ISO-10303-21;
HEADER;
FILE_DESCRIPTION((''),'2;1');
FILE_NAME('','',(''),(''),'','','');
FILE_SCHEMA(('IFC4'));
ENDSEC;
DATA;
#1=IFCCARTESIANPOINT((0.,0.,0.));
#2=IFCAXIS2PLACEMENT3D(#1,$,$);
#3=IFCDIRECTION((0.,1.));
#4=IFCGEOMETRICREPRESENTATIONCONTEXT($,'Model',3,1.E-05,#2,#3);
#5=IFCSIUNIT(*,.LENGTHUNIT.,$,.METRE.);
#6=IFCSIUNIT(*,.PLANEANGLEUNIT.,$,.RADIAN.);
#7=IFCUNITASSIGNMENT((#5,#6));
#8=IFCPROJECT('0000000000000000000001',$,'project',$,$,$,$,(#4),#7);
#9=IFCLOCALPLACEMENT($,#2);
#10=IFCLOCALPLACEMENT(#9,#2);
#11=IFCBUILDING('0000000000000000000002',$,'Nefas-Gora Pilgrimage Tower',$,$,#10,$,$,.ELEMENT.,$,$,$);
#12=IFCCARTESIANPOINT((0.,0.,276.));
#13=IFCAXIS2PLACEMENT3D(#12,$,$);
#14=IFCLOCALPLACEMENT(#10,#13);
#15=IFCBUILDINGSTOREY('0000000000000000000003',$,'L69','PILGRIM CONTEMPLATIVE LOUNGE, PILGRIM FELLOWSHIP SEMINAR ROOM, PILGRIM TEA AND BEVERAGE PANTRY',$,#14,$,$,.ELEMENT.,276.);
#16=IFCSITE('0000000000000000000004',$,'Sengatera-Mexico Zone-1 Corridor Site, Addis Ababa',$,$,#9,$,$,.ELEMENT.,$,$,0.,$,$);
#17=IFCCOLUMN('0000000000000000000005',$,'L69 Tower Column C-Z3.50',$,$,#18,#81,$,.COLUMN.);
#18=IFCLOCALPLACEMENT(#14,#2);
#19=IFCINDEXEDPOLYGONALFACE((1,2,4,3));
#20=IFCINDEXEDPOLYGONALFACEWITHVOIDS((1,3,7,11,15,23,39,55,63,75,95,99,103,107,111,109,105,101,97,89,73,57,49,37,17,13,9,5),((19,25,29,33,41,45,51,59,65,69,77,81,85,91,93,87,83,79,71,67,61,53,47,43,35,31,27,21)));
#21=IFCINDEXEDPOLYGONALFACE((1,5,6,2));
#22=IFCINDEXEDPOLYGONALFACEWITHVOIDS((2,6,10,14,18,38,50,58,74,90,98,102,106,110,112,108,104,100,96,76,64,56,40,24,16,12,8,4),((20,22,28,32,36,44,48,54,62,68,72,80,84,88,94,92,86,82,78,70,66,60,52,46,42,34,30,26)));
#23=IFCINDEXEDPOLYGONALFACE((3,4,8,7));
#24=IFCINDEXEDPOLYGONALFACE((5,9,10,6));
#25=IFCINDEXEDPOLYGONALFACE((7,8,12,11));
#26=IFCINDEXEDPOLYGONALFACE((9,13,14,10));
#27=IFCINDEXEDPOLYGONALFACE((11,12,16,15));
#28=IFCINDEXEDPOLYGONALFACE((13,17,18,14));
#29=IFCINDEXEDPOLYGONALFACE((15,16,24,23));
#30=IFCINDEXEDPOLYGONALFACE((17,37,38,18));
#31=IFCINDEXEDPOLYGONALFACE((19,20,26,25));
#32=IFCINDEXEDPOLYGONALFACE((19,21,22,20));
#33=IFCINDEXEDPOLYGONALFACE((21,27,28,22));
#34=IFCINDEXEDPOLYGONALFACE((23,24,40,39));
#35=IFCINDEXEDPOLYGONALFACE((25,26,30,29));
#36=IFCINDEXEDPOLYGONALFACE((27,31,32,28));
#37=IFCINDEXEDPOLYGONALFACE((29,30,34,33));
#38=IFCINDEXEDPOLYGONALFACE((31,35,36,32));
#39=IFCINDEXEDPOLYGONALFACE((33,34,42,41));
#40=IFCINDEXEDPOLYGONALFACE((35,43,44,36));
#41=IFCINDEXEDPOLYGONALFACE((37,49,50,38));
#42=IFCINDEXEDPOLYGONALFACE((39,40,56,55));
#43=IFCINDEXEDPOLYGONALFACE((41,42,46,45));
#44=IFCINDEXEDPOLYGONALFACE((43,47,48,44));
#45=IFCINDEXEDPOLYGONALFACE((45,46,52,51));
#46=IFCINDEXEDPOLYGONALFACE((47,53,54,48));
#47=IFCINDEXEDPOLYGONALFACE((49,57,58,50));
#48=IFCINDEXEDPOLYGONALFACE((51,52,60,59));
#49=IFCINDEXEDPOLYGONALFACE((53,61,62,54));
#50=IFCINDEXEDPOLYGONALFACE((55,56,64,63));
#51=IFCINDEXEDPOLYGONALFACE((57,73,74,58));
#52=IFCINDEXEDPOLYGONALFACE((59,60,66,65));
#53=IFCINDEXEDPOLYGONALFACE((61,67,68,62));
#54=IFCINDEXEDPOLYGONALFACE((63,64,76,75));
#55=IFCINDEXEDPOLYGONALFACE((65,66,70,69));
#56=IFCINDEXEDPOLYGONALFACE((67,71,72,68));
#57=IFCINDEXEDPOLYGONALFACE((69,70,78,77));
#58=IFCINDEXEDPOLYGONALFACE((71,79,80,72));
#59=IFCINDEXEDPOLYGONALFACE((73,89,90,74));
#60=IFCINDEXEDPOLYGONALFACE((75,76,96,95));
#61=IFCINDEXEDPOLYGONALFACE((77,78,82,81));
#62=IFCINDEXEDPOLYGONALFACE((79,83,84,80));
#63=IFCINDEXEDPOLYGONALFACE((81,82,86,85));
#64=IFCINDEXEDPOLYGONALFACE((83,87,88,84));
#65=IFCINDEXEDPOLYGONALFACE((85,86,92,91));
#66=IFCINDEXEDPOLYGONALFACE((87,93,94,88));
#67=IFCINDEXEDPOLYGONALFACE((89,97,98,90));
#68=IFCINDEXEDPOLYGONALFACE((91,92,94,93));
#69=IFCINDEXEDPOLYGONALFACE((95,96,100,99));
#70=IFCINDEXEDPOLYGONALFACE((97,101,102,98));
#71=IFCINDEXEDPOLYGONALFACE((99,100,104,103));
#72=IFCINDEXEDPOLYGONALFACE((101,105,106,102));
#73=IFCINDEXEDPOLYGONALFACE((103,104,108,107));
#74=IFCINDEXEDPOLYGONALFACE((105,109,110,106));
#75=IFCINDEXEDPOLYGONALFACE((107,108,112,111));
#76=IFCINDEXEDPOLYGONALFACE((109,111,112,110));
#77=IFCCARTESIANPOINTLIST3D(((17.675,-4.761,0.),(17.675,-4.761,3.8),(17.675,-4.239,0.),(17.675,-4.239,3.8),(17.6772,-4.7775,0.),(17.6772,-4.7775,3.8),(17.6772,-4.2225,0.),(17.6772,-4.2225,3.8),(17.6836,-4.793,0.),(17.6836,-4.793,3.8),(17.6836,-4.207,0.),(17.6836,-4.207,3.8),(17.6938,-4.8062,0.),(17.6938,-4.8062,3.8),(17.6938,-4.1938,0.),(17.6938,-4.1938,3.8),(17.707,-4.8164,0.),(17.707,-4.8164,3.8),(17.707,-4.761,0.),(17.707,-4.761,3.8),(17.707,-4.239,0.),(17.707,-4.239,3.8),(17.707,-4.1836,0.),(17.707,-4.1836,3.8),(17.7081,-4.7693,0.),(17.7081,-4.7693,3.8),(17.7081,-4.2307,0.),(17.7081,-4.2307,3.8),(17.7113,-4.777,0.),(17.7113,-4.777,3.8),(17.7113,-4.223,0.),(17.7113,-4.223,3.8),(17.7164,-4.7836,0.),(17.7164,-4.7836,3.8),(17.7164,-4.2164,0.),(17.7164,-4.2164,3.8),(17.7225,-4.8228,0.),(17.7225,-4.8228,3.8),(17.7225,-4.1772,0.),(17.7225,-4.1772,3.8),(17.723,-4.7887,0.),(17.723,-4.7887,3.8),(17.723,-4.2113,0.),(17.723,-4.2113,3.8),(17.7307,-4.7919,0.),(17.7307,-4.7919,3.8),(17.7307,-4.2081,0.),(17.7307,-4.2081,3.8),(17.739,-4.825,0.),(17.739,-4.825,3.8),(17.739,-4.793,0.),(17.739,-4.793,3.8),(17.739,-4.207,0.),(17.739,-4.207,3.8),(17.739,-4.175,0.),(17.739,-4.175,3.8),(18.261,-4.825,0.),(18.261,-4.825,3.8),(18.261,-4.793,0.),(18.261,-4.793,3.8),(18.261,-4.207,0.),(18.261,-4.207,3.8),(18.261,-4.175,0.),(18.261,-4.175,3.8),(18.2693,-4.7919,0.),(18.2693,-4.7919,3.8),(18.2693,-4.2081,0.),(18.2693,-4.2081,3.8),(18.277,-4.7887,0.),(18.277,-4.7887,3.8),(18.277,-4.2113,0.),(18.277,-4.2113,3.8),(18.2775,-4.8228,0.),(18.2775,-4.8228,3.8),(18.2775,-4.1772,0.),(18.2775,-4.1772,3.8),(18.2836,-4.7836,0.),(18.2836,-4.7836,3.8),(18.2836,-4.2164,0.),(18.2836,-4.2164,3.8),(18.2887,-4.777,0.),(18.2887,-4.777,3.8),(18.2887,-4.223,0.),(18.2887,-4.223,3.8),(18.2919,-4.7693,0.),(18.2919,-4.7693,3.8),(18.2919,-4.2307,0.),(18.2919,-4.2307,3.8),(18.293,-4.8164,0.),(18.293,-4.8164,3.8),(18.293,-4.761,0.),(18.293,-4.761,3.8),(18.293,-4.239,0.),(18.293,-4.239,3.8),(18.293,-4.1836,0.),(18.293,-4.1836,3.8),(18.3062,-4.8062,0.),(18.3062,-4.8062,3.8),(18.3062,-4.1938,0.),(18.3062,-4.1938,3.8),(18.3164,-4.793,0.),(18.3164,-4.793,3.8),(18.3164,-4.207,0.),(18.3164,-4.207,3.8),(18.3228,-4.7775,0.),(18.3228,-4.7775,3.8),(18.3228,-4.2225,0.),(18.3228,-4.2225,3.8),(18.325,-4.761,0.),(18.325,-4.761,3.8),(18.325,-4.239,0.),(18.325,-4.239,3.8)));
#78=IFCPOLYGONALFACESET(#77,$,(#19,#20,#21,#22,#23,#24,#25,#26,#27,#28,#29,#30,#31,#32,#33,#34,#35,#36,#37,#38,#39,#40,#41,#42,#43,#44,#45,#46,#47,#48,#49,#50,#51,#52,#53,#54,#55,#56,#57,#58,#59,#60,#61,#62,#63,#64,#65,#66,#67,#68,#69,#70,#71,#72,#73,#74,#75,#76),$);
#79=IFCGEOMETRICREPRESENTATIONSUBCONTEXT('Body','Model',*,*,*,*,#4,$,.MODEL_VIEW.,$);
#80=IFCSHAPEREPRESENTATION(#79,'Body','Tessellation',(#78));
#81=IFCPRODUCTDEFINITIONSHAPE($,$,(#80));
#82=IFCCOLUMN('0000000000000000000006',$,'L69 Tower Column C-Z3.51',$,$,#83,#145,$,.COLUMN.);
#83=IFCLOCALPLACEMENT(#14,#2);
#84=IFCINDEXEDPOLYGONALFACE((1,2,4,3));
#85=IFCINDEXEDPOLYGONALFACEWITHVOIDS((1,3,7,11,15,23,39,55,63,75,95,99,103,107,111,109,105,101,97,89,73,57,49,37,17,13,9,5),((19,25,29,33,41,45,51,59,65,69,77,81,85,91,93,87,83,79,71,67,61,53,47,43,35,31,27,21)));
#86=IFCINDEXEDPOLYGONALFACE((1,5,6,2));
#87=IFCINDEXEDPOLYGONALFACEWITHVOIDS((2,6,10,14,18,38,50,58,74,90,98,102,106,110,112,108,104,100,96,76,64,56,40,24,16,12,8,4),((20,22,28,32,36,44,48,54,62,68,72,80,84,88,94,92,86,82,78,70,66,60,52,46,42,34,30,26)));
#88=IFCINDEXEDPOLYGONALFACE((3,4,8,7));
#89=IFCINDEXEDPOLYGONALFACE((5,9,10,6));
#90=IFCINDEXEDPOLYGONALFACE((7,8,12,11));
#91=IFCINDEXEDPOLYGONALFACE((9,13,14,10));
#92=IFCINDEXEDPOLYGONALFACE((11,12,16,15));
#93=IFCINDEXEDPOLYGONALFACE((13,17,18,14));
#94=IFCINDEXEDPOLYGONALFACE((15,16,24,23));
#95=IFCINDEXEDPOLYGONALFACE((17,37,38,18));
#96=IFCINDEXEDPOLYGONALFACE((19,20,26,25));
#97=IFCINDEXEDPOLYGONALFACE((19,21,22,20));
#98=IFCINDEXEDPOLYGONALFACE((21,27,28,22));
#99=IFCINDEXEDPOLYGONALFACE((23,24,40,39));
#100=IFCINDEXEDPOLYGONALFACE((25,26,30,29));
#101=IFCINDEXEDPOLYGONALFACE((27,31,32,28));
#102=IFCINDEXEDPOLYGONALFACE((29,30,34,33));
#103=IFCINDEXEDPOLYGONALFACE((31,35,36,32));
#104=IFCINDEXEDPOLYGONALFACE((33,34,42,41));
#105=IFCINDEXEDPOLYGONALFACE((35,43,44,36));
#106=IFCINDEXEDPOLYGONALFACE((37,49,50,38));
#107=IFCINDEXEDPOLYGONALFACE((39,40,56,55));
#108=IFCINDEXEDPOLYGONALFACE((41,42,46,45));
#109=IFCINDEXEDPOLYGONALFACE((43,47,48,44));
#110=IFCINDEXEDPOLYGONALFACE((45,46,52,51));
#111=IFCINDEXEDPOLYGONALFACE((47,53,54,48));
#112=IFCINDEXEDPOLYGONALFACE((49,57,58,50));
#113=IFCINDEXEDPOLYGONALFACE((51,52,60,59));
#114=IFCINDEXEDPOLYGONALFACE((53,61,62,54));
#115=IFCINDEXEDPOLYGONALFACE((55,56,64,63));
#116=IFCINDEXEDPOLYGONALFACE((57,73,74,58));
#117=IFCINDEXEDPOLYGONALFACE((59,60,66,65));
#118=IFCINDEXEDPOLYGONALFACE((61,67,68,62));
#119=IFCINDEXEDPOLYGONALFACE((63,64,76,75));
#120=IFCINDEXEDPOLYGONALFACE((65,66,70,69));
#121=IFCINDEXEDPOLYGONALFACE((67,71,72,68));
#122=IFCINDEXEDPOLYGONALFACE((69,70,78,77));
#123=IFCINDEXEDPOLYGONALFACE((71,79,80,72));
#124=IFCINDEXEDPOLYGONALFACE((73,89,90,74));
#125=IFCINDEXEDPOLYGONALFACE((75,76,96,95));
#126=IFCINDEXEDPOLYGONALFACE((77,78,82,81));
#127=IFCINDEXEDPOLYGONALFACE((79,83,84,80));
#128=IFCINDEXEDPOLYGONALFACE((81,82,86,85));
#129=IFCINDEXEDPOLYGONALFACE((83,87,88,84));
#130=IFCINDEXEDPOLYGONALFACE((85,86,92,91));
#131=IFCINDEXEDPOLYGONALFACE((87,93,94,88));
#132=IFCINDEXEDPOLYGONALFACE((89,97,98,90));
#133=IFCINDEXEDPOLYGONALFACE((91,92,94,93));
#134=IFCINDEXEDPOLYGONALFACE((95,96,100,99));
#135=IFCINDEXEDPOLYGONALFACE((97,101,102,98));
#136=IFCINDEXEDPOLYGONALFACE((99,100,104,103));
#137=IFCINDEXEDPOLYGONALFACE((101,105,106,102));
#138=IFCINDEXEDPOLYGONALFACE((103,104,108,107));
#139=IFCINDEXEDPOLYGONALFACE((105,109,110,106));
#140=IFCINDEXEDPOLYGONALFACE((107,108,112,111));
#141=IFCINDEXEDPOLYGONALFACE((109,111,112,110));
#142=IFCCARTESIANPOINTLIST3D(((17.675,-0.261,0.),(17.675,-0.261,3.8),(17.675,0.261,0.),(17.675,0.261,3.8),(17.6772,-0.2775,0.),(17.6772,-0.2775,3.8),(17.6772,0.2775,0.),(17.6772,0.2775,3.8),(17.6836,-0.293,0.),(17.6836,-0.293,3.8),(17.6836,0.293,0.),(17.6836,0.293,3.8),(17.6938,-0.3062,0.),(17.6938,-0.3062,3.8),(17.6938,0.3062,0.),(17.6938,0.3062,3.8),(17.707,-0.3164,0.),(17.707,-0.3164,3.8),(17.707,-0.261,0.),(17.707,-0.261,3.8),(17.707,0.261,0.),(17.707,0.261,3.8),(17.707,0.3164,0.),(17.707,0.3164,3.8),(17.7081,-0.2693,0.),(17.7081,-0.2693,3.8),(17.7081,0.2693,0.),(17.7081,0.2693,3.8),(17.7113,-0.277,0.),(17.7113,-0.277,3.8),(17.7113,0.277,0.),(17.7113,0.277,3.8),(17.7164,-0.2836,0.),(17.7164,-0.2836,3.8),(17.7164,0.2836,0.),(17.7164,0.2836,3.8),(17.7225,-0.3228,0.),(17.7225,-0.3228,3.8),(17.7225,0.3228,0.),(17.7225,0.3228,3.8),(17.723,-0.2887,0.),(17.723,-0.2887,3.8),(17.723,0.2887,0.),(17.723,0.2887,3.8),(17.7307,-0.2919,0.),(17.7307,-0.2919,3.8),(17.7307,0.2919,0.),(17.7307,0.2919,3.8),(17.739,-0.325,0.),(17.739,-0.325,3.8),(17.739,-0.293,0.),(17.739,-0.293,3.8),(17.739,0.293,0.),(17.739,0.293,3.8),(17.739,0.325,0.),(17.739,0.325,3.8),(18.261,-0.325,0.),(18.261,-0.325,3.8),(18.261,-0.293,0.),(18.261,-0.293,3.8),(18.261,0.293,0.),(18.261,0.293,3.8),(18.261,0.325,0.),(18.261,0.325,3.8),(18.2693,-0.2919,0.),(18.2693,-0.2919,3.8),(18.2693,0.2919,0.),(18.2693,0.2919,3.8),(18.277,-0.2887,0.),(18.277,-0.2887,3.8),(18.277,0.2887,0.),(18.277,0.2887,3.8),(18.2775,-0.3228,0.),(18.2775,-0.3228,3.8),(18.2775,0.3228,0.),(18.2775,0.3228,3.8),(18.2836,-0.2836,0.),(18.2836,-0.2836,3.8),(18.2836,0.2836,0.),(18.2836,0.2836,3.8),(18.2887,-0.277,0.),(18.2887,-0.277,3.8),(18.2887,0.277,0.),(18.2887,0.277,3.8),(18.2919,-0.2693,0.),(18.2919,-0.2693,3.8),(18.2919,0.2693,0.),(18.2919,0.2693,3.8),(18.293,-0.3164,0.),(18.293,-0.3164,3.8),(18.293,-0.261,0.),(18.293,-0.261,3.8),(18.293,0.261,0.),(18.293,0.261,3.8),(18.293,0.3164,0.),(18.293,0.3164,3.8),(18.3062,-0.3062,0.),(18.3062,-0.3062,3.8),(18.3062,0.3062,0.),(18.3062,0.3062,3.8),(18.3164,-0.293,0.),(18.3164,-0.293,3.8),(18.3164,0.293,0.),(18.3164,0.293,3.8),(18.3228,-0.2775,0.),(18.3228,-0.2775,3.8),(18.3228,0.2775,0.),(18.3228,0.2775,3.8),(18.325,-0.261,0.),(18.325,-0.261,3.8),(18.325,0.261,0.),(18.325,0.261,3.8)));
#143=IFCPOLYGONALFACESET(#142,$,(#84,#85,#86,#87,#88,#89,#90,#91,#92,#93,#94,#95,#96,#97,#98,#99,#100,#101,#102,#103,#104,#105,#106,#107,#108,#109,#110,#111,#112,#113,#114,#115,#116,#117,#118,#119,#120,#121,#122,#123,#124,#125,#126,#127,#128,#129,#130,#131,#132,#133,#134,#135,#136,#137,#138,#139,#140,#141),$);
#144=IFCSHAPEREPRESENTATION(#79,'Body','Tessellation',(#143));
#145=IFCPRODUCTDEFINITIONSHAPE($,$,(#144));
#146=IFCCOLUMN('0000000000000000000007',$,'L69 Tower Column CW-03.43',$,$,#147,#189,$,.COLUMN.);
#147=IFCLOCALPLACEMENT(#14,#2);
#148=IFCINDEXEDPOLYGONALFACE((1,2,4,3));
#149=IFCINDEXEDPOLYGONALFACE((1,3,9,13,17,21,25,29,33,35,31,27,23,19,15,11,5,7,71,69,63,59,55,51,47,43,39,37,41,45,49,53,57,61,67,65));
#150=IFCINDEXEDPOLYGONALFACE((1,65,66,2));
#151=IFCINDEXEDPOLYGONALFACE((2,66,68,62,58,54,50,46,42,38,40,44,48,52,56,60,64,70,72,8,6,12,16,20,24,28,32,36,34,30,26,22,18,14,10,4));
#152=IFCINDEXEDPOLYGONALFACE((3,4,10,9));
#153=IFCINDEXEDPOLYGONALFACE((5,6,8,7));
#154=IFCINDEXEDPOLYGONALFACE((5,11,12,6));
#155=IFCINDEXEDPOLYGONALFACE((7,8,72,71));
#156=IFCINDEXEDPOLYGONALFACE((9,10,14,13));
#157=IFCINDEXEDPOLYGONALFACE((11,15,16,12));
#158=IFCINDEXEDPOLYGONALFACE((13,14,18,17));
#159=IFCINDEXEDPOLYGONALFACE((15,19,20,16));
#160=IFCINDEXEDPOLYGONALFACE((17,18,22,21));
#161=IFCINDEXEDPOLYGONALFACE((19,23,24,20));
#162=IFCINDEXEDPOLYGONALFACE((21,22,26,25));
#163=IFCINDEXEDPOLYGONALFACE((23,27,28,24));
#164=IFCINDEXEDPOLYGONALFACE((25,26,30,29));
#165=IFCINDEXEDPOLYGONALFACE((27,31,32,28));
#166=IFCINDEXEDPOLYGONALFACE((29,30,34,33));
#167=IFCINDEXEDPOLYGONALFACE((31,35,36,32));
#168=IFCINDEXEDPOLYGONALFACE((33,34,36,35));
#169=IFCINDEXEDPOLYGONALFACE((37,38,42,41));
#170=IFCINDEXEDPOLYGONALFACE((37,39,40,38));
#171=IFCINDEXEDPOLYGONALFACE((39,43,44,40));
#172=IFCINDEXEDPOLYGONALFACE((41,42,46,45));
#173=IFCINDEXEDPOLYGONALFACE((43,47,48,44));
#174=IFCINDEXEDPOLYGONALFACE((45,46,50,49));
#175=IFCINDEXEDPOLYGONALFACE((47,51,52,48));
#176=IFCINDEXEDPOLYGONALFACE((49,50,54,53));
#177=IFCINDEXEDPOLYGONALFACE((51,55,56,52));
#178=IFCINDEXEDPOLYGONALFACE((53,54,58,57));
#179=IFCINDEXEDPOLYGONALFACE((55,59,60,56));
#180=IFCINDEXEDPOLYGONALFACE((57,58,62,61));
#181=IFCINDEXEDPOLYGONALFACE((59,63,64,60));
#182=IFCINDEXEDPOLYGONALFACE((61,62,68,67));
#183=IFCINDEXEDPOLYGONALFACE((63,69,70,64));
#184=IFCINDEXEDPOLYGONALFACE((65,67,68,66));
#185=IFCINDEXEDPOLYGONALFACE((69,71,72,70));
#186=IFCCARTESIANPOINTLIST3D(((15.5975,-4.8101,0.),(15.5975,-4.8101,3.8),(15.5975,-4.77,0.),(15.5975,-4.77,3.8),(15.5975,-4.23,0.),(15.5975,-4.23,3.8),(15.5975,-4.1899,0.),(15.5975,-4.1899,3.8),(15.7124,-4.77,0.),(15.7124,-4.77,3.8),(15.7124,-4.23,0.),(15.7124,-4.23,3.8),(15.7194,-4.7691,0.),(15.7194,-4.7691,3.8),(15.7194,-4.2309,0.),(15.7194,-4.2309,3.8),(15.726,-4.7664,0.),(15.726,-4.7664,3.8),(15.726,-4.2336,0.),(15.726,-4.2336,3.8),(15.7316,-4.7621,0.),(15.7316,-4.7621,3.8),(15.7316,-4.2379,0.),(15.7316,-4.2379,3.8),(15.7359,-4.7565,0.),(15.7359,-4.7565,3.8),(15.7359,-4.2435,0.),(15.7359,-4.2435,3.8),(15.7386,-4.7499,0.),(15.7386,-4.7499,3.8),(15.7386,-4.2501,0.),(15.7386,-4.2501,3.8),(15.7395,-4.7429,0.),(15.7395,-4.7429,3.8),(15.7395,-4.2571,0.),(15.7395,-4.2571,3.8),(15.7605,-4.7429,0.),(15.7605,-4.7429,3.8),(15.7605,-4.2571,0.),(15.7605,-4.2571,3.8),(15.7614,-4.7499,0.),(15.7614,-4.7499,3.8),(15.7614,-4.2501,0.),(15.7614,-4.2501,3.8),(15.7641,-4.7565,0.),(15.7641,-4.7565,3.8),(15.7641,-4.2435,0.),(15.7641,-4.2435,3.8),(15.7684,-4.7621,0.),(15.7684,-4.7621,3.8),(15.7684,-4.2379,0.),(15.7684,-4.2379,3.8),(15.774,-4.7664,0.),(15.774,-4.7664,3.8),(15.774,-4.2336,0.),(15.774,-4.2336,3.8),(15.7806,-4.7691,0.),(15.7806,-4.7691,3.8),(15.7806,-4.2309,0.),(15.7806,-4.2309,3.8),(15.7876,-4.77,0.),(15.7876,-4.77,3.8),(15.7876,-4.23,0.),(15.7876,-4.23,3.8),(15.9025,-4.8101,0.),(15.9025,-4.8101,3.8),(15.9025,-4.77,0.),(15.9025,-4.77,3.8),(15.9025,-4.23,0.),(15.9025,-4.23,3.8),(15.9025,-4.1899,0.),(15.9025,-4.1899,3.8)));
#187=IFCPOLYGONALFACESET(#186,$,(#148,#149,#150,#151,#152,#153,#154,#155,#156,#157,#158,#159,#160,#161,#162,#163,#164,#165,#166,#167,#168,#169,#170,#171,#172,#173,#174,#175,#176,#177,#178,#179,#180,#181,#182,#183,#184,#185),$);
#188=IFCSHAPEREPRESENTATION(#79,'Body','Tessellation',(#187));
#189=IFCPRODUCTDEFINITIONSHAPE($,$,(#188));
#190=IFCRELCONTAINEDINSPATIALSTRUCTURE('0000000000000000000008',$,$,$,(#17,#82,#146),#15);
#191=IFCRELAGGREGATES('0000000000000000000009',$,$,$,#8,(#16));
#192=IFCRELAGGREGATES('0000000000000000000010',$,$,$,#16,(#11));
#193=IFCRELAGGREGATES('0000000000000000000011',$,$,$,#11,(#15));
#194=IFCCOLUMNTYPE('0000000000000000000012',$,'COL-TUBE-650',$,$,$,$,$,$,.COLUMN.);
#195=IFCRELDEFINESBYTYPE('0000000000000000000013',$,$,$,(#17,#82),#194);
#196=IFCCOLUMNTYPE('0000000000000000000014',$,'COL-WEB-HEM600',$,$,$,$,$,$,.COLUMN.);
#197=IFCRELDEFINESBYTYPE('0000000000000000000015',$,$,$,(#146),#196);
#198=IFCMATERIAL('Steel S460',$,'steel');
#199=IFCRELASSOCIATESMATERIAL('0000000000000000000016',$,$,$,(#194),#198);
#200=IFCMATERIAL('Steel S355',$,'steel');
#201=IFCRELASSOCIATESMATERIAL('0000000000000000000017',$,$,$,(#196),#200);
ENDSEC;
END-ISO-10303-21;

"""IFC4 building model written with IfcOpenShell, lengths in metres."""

from ifc_helpers import new_model, si_unit, direction, frame, origin, origin_2d, place, context, subcontext, project, spatial, hollow_rectangle, i_section, extrude, source, transform, mapped, material, material_profile, profile_set, type_object, element, save


model = new_model("IFC4")

# Units and contexts
model_context = context("Model", 3, precision=1e-05, world=origin(), true_north=direction((0.0, 1.0)))
body_context = subcontext(model_context, "Body", "Model", "MODEL_VIEW")
ifc_project = project(units=[si_unit("LENGTHUNIT", "METRE"), si_unit("PLANEANGLEUNIT", "RADIAN")], contexts=[model_context])

# Site, building, storey
site_placement = place(None, origin())
site = spatial("IfcSite", under=ifc_project, at=site_placement, Name="Sengatera-Mexico Zone-1 Corridor Site, Addis Ababa", CompositionType="ELEMENT", RefElevation=0.0)
building_placement = place(site_placement, origin())
building = spatial("IfcBuilding", under=site, at=building_placement, Name="Nefas-Gora Pilgrimage Tower", CompositionType="ELEMENT")
storey_placement = place(building_placement, frame((0.0, 0.0, 276.0)))
storey = spatial("IfcBuildingStorey", under=building, at=storey_placement, Name="L69", Description="PILGRIM CONTEMPLATIVE LOUNGE, PILGRIM FELLOWSHIP SEMINAR ROOM, PILGRIM TEA AND BEVERAGE PANTRY", CompositionType="ELEMENT", Elevation=276.0)

# Columns
ifc_material_1 = material(Name="Steel S460", Category="steel")
ifc_material_profile_1 = material_profile(ifc_material_1, hollow_rectangle(XDim=0.6499, YDim=0.6499, WallThickness=0.032, InnerFilletRadius=0.032, OuterFilletRadius=0.064, at=origin_2d()), Name="BOX 650x650x32")
ifc_profile_set_1 = profile_set([ifc_material_profile_1], Name="Steel S460")
column_type_1 = type_object("IfcColumnType", Name="COL-TUBE-650", PredefinedType="COLUMN", material=ifc_profile_set_1)
shared_shape_1 = source(origin(), body_context, "Body", "SweptSolid", [
    extrude(hollow_rectangle(XDim=0.6499, YDim=0.6499, WallThickness=0.032, InnerFilletRadius=0.032, OuterFilletRadius=0.064, at=origin_2d()), origin(), (0.0, 0.0, 1.0), 3.8),
])
for number, where, z_axis, x_axis, name in (
    (1, (18.0, -4.5, 0.0), (0.0, 0.0, 1.0), (1.0, 0.0, 0.0), "L69 Tower Column C-Z3.50"),
    (2, (18.0, 0.0, 0.0), (0.0, 0.0, 1.0), (1.0, 0.0, 0.0), "L69 Tower Column C-Z3.51"),
):
    element("IfcColumn", number, at=place(storey_placement, frame(where, z_axis=z_axis, x_axis=x_axis)), inside=storey, type_object=column_type_1, Name=name, PredefinedType="COLUMN", context=body_context, shape_type="MappedRepresentation", body=[
        mapped(shared_shape_1, transform((0.0, 0.0, 0.0), x_axis=(1.0, 0.0, 0.0), y_axis=(0.0, 1.0, 0.0), z_axis=(0.0, 0.0, 1.0), scale=1.0)),
    ])
ifc_material_2 = material(Name="Steel S355", Category="steel")
ifc_material_profile_2 = material_profile(ifc_material_2, i_section(OverallWidth=0.3049, OverallDepth=0.6201, WebThickness=0.021, FlangeThickness=0.04, FilletRadius=0.0271, at=origin_2d()), Name="HEM 600")
ifc_profile_set_2 = profile_set([ifc_material_profile_2], Name="Steel S355")
column_type_2 = type_object("IfcColumnType", Name="COL-WEB-HEM600", PredefinedType="COLUMN", material=ifc_profile_set_2)
shared_shape_2 = source(origin(), body_context, "Body", "SweptSolid", [
    extrude(i_section(OverallWidth=0.3049, OverallDepth=0.6201, WebThickness=0.021, FlangeThickness=0.04, FilletRadius=0.0271, at=origin_2d()), origin(), (0.0, 0.0, 1.0), 3.8),
])
for number, where, z_axis, x_axis, name in (
    (3, (15.75, -4.5, 0.0), (0.0, 0.0, 1.0), (1.0, 0.0, 0.0), "L69 Tower Column CW-03.43"),
):
    element("IfcColumn", number, at=place(storey_placement, frame(where, z_axis=z_axis, x_axis=x_axis)), inside=storey, type_object=column_type_2, Name=name, PredefinedType="COLUMN", context=body_context, shape_type="MappedRepresentation", body=[
        mapped(shared_shape_2, transform((0.0, 0.0, 0.0), x_axis=(1.0, 0.0, 0.0), y_axis=(0.0, 1.0, 0.0), z_axis=(0.0, 0.0, 1.0), scale=1.0)),
    ])

save(model, "model.ifc")
